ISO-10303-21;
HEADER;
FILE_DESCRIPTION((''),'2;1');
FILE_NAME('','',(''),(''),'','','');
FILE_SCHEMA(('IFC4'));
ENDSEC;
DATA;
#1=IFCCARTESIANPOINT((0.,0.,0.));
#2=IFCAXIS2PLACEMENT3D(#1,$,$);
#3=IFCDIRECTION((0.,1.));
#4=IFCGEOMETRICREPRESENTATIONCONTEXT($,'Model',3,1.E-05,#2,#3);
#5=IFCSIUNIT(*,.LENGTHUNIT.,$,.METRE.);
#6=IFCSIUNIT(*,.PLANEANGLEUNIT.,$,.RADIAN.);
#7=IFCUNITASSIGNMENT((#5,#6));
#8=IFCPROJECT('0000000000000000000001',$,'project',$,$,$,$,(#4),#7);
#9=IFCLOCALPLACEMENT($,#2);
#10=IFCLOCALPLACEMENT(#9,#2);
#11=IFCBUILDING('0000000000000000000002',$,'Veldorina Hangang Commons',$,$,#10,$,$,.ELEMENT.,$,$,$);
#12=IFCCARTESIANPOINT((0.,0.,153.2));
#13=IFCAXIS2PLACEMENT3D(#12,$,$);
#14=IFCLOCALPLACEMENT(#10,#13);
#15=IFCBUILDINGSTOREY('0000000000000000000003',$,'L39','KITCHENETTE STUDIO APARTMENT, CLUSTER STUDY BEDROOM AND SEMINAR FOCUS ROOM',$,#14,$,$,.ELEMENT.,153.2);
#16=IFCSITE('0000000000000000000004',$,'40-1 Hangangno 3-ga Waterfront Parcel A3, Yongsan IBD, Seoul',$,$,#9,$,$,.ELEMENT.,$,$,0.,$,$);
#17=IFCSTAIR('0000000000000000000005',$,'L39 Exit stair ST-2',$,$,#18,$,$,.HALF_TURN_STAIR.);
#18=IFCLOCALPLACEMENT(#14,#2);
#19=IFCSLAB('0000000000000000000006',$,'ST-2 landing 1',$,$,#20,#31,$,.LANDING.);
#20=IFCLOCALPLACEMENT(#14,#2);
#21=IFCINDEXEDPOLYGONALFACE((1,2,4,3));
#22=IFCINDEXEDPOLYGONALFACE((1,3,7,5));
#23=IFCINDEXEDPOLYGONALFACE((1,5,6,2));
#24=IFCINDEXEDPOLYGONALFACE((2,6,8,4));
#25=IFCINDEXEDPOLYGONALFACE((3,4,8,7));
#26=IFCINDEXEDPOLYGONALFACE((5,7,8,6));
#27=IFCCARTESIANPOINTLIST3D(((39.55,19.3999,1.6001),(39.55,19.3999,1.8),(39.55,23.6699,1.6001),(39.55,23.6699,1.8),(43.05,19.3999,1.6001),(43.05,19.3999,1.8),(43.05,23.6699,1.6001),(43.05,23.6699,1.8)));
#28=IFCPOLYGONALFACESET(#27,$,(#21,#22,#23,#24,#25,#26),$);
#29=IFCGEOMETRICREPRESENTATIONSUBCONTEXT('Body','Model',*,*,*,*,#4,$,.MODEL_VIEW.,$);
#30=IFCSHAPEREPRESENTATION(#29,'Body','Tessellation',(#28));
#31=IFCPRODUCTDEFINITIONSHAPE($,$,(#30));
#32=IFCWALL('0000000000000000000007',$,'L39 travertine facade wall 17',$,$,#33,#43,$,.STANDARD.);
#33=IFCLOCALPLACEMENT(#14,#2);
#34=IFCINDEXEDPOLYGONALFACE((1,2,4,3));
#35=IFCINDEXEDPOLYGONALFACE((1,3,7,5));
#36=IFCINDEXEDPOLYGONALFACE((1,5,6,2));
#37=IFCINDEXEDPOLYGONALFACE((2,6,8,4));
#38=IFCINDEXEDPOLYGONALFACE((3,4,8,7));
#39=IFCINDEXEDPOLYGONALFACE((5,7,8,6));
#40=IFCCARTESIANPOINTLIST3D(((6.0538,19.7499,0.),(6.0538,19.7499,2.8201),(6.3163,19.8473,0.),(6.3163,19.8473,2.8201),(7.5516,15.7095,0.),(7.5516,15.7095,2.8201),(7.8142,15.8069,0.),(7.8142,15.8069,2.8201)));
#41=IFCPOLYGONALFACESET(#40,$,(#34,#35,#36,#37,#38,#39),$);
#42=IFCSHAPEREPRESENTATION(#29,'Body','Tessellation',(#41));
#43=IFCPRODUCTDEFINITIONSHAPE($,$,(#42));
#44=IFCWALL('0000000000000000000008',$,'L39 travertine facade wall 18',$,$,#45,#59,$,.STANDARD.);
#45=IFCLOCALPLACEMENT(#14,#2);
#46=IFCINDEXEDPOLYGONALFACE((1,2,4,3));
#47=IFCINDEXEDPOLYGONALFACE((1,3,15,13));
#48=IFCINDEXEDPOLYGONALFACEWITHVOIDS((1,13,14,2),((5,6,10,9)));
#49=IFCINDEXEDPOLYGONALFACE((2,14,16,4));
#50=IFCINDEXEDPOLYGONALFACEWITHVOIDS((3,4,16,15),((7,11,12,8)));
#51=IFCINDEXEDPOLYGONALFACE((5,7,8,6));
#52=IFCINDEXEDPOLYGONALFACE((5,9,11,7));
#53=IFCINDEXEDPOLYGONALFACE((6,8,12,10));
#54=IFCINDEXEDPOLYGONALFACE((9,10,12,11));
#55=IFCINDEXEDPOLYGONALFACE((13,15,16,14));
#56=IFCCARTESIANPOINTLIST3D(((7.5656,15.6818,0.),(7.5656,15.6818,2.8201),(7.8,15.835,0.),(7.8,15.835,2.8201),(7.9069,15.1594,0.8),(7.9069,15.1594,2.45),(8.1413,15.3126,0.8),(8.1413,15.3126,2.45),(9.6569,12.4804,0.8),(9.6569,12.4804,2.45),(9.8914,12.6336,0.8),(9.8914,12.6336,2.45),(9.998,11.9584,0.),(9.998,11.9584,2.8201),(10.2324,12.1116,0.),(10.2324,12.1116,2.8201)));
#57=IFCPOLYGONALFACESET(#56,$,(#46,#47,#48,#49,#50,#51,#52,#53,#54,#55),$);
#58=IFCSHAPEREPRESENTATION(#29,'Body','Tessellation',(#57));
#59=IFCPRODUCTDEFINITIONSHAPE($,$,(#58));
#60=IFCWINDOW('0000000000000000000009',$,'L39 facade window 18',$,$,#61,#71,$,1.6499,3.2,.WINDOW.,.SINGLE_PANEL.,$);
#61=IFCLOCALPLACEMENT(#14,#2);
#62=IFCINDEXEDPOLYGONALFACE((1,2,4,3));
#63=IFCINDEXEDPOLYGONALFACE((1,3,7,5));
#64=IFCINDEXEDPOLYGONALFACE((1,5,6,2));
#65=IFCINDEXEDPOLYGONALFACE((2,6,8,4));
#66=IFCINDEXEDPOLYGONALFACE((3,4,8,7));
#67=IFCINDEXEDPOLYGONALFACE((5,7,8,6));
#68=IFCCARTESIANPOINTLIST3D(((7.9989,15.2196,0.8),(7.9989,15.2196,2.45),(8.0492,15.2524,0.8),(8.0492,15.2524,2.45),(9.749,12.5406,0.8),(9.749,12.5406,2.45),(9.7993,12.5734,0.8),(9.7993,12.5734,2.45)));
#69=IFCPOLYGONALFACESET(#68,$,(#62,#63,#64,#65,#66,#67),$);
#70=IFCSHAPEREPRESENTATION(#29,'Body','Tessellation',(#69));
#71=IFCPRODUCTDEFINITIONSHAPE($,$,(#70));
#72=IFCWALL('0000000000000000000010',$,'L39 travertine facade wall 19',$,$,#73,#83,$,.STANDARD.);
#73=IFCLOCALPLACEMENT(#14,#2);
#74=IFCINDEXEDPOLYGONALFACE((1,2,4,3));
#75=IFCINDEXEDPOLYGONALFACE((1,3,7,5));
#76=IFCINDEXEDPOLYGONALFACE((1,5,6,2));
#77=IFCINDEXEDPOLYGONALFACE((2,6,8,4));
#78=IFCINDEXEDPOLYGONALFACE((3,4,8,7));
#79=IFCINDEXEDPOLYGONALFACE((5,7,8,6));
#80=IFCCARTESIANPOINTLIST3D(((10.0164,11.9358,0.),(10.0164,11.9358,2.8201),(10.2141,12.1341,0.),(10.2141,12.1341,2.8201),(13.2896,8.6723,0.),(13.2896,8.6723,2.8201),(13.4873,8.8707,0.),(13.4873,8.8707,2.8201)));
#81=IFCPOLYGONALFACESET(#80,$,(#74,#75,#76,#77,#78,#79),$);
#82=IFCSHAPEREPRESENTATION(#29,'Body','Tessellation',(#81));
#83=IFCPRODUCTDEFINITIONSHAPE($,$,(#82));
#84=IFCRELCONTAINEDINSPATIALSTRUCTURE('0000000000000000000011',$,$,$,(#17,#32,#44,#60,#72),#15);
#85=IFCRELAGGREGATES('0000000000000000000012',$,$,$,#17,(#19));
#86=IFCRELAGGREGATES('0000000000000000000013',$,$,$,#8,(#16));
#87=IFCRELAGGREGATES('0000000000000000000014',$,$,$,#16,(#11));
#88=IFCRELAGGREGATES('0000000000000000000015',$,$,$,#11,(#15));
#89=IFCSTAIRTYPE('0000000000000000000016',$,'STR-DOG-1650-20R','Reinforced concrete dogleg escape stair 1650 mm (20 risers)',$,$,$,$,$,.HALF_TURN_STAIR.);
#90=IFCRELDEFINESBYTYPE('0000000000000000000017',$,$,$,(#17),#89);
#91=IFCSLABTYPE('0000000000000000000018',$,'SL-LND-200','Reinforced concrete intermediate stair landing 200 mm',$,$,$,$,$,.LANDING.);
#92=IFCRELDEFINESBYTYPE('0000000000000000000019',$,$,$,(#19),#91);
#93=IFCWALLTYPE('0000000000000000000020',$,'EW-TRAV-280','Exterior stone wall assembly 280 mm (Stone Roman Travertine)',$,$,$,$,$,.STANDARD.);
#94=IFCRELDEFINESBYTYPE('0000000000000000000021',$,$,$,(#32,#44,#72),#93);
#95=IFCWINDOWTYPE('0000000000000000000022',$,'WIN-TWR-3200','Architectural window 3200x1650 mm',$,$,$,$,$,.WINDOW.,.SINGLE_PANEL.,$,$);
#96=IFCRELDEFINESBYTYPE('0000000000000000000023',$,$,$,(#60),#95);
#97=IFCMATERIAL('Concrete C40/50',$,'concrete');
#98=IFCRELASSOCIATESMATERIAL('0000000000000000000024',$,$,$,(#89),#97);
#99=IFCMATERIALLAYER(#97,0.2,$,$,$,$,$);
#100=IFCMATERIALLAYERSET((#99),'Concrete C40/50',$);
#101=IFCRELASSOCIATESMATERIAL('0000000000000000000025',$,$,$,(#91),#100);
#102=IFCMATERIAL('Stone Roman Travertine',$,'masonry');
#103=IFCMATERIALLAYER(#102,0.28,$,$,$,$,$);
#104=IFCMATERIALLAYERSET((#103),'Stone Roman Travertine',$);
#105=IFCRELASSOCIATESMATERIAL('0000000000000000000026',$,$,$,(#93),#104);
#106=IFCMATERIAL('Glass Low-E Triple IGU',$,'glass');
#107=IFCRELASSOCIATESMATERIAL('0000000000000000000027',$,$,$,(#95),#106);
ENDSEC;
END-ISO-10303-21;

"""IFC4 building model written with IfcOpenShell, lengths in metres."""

from ifc_helpers import new_model, si_unit, direction, frame, frame_2d, origin, place, context, subcontext, project, spatial, polyline, rectangle, outline, extrude, material, layer, layer_set, type_object, element, fill, aggregate, save


model = new_model("IFC4")

# Units and contexts
model_context = context("Model", 3, precision=1e-05, world=origin(), true_north=direction((0.0, 1.0)))
body_context = subcontext(model_context, "Body", "Model", "MODEL_VIEW")
ifc_project = project(units=[si_unit("LENGTHUNIT", "METRE"), si_unit("PLANEANGLEUNIT", "RADIAN")], contexts=[model_context])

# Site, building, storey
site_placement = place(None, origin())
site = spatial("IfcSite", under=ifc_project, at=site_placement, Name="40-1 Hangangno 3-ga Waterfront Parcel A3, Yongsan IBD, Seoul", CompositionType="ELEMENT", RefElevation=0.0)
building_placement = place(site_placement, origin())
building = spatial("IfcBuilding", under=site, at=building_placement, Name="Veldorina Hangang Commons", CompositionType="ELEMENT")
storey_placement = place(building_placement, frame((0.0, 0.0, 153.2)))
storey = spatial("IfcBuildingStorey", under=building, at=storey_placement, Name="L39", Description="KITCHENETTE STUDIO APARTMENT, CLUSTER STUDY BEDROOM AND SEMINAR FOCUS ROOM", CompositionType="ELEMENT", Elevation=153.2)

# Shared definitions
ifc_material_1 = material(Name="Concrete C40/50", Category="concrete")

# Stair, slab
stair_type = type_object("IfcStairType", Name="STR-DOG-1650-20R", Description="Reinforced concrete dogleg escape stair 1650 mm (20 risers)", PredefinedType="HALF_TURN_STAIR", material=ifc_material_1)
ifc_layer_1 = layer(ifc_material_1, 0.2)
ifc_layer_set_1 = layer_set([ifc_layer_1], Name="Concrete C40/50")
slab_type_1 = type_object("IfcSlabType", Name="SL-LND-200", Description="Reinforced concrete intermediate stair landing 200 mm", PredefinedType="LANDING", material=ifc_layer_set_1)
stair_1_placement = place(storey_placement, origin())
stair_1 = element("IfcStair", 1, at=stair_1_placement, inside=storey, type_object=stair_type, Name="L39 Exit stair ST-2", PredefinedType="HALF_TURN_STAIR")
slab_1_placement = place(storey_placement, frame((0.0, 0.0, 1.6001)))
slab_1 = element("IfcSlab", 2, at=slab_1_placement, type_object=slab_type_1, Name="ST-2 landing 1", PredefinedType="LANDING", context=body_context, shape_type="SweptSolid", body=[
    extrude(outline(polyline([(39.55, 23.6699), (39.55, 19.3999), (43.05, 19.3999), (43.05, 23.6699), (39.55, 23.6699)])), origin(), (0.0, 0.0, 1.0), 0.2),
])
aggregate(stair_1, [slab_1])

# Wall
ifc_material_2 = material(Name="Stone Roman Travertine", Category="masonry")
ifc_layer_2 = layer(ifc_material_2, 0.28)
ifc_layer_set_2 = layer_set([ifc_layer_2], Name="Stone Roman Travertine")
wall_type = type_object("IfcWallType", Name="EW-TRAV-280", Description="Exterior stone wall assembly 280 mm (Stone Roman Travertine)", PredefinedType="STANDARD", material=ifc_layer_set_2)
wall_1_placement = place(storey_placement, frame((6.1851, 19.7986, 0.0), z_axis=(0.0, 0.0, 1.0), x_axis=(0.3476, -0.937643, 0.0)))
element("IfcWall", 3, at=wall_1_placement, inside=storey, type_object=wall_type, Name="L39 travertine facade wall 17", PredefinedType="STANDARD", context=body_context, shape_type="SweptSolid", body=[
    extrude(rectangle(XDim=4.3091, YDim=0.28, at=frame_2d((2.1545, 0.0))), origin(), (0.0, 0.0, 1.0), 2.8201),
])

# Wall, opening, window
wall_2_placement = place(storey_placement, frame((7.6829, 15.7583, 0.0), z_axis=(0.0, 0.0, 1.0), x_axis=(0.546911, -0.837191, 0.0)))
wall_2 = element("IfcWall", 4, at=wall_2_placement, inside=storey, type_object=wall_type, Name="L39 travertine facade wall 18", PredefinedType="STANDARD", context=body_context, shape_type="SweptSolid", body=[
    extrude(rectangle(XDim=4.4475, YDim=0.28, at=frame_2d((2.2236, 0.0))), origin(), (0.0, 0.0, 1.0), 2.8201),
])
opening_placement = place(wall_2_placement, frame((0.6238, 0.0, 0.8)))
opening = element("IfcOpeningElement", 5, at=opening_placement, cuts=wall_2, PredefinedType="OPENING", context=body_context, shape_type="SweptSolid", body=[
    extrude(rectangle(XDim=3.2, YDim=1.6499, at=frame_2d((1.6001, 0.825))), frame((0.0, 0.1499, 0.0), z_axis=(0.0, -1.0, 0.0), x_axis=(1.0, 0.0, 0.0)), (0.0, 0.0, 1.0), 0.3),
])
ifc_material_3 = material(Name="Glass Low-E Triple IGU", Category="glass")
window_type = type_object("IfcWindowType", Name="WIN-TWR-3200", Description="Architectural window 3200x1650 mm", PartitioningType="SINGLE_PANEL", PredefinedType="WINDOW", material=ifc_material_3)
window_placement = place(opening_placement, origin())
window = element("IfcWindow", 6, at=window_placement, inside=storey, type_object=window_type, Name="L39 facade window 18", OverallHeight=1.6499, OverallWidth=3.2, PartitioningType="SINGLE_PANEL", PredefinedType="WINDOW", context=body_context, shape_type="SweptSolid", body=[
    extrude(rectangle(XDim=3.2, YDim=1.6499, at=frame_2d((1.6001, 0.825))), frame((0.0, 0.03, 0.0), z_axis=(0.0, -1.0, 0.0), x_axis=(1.0, 0.0, 0.0)), (0.0, 0.0, 1.0), 0.0601),
])
fill(opening, window)

# Wall
wall_3_placement = place(storey_placement, frame((10.1152, 12.0349, 0.0), z_axis=(0.0, 0.0, 1.0), x_axis=(0.708162, -0.70605, 0.0)))
element("IfcWall", 7, at=wall_3_placement, inside=storey, type_object=wall_type, Name="L39 travertine facade wall 19", PredefinedType="STANDARD", context=body_context, shape_type="SweptSolid", body=[
    extrude(rectangle(XDim=4.6221, YDim=0.28, at=frame_2d((2.311, 0.0))), origin(), (0.0, 0.0, 1.0), 2.8201),
])

save(model, "model.ifc")
